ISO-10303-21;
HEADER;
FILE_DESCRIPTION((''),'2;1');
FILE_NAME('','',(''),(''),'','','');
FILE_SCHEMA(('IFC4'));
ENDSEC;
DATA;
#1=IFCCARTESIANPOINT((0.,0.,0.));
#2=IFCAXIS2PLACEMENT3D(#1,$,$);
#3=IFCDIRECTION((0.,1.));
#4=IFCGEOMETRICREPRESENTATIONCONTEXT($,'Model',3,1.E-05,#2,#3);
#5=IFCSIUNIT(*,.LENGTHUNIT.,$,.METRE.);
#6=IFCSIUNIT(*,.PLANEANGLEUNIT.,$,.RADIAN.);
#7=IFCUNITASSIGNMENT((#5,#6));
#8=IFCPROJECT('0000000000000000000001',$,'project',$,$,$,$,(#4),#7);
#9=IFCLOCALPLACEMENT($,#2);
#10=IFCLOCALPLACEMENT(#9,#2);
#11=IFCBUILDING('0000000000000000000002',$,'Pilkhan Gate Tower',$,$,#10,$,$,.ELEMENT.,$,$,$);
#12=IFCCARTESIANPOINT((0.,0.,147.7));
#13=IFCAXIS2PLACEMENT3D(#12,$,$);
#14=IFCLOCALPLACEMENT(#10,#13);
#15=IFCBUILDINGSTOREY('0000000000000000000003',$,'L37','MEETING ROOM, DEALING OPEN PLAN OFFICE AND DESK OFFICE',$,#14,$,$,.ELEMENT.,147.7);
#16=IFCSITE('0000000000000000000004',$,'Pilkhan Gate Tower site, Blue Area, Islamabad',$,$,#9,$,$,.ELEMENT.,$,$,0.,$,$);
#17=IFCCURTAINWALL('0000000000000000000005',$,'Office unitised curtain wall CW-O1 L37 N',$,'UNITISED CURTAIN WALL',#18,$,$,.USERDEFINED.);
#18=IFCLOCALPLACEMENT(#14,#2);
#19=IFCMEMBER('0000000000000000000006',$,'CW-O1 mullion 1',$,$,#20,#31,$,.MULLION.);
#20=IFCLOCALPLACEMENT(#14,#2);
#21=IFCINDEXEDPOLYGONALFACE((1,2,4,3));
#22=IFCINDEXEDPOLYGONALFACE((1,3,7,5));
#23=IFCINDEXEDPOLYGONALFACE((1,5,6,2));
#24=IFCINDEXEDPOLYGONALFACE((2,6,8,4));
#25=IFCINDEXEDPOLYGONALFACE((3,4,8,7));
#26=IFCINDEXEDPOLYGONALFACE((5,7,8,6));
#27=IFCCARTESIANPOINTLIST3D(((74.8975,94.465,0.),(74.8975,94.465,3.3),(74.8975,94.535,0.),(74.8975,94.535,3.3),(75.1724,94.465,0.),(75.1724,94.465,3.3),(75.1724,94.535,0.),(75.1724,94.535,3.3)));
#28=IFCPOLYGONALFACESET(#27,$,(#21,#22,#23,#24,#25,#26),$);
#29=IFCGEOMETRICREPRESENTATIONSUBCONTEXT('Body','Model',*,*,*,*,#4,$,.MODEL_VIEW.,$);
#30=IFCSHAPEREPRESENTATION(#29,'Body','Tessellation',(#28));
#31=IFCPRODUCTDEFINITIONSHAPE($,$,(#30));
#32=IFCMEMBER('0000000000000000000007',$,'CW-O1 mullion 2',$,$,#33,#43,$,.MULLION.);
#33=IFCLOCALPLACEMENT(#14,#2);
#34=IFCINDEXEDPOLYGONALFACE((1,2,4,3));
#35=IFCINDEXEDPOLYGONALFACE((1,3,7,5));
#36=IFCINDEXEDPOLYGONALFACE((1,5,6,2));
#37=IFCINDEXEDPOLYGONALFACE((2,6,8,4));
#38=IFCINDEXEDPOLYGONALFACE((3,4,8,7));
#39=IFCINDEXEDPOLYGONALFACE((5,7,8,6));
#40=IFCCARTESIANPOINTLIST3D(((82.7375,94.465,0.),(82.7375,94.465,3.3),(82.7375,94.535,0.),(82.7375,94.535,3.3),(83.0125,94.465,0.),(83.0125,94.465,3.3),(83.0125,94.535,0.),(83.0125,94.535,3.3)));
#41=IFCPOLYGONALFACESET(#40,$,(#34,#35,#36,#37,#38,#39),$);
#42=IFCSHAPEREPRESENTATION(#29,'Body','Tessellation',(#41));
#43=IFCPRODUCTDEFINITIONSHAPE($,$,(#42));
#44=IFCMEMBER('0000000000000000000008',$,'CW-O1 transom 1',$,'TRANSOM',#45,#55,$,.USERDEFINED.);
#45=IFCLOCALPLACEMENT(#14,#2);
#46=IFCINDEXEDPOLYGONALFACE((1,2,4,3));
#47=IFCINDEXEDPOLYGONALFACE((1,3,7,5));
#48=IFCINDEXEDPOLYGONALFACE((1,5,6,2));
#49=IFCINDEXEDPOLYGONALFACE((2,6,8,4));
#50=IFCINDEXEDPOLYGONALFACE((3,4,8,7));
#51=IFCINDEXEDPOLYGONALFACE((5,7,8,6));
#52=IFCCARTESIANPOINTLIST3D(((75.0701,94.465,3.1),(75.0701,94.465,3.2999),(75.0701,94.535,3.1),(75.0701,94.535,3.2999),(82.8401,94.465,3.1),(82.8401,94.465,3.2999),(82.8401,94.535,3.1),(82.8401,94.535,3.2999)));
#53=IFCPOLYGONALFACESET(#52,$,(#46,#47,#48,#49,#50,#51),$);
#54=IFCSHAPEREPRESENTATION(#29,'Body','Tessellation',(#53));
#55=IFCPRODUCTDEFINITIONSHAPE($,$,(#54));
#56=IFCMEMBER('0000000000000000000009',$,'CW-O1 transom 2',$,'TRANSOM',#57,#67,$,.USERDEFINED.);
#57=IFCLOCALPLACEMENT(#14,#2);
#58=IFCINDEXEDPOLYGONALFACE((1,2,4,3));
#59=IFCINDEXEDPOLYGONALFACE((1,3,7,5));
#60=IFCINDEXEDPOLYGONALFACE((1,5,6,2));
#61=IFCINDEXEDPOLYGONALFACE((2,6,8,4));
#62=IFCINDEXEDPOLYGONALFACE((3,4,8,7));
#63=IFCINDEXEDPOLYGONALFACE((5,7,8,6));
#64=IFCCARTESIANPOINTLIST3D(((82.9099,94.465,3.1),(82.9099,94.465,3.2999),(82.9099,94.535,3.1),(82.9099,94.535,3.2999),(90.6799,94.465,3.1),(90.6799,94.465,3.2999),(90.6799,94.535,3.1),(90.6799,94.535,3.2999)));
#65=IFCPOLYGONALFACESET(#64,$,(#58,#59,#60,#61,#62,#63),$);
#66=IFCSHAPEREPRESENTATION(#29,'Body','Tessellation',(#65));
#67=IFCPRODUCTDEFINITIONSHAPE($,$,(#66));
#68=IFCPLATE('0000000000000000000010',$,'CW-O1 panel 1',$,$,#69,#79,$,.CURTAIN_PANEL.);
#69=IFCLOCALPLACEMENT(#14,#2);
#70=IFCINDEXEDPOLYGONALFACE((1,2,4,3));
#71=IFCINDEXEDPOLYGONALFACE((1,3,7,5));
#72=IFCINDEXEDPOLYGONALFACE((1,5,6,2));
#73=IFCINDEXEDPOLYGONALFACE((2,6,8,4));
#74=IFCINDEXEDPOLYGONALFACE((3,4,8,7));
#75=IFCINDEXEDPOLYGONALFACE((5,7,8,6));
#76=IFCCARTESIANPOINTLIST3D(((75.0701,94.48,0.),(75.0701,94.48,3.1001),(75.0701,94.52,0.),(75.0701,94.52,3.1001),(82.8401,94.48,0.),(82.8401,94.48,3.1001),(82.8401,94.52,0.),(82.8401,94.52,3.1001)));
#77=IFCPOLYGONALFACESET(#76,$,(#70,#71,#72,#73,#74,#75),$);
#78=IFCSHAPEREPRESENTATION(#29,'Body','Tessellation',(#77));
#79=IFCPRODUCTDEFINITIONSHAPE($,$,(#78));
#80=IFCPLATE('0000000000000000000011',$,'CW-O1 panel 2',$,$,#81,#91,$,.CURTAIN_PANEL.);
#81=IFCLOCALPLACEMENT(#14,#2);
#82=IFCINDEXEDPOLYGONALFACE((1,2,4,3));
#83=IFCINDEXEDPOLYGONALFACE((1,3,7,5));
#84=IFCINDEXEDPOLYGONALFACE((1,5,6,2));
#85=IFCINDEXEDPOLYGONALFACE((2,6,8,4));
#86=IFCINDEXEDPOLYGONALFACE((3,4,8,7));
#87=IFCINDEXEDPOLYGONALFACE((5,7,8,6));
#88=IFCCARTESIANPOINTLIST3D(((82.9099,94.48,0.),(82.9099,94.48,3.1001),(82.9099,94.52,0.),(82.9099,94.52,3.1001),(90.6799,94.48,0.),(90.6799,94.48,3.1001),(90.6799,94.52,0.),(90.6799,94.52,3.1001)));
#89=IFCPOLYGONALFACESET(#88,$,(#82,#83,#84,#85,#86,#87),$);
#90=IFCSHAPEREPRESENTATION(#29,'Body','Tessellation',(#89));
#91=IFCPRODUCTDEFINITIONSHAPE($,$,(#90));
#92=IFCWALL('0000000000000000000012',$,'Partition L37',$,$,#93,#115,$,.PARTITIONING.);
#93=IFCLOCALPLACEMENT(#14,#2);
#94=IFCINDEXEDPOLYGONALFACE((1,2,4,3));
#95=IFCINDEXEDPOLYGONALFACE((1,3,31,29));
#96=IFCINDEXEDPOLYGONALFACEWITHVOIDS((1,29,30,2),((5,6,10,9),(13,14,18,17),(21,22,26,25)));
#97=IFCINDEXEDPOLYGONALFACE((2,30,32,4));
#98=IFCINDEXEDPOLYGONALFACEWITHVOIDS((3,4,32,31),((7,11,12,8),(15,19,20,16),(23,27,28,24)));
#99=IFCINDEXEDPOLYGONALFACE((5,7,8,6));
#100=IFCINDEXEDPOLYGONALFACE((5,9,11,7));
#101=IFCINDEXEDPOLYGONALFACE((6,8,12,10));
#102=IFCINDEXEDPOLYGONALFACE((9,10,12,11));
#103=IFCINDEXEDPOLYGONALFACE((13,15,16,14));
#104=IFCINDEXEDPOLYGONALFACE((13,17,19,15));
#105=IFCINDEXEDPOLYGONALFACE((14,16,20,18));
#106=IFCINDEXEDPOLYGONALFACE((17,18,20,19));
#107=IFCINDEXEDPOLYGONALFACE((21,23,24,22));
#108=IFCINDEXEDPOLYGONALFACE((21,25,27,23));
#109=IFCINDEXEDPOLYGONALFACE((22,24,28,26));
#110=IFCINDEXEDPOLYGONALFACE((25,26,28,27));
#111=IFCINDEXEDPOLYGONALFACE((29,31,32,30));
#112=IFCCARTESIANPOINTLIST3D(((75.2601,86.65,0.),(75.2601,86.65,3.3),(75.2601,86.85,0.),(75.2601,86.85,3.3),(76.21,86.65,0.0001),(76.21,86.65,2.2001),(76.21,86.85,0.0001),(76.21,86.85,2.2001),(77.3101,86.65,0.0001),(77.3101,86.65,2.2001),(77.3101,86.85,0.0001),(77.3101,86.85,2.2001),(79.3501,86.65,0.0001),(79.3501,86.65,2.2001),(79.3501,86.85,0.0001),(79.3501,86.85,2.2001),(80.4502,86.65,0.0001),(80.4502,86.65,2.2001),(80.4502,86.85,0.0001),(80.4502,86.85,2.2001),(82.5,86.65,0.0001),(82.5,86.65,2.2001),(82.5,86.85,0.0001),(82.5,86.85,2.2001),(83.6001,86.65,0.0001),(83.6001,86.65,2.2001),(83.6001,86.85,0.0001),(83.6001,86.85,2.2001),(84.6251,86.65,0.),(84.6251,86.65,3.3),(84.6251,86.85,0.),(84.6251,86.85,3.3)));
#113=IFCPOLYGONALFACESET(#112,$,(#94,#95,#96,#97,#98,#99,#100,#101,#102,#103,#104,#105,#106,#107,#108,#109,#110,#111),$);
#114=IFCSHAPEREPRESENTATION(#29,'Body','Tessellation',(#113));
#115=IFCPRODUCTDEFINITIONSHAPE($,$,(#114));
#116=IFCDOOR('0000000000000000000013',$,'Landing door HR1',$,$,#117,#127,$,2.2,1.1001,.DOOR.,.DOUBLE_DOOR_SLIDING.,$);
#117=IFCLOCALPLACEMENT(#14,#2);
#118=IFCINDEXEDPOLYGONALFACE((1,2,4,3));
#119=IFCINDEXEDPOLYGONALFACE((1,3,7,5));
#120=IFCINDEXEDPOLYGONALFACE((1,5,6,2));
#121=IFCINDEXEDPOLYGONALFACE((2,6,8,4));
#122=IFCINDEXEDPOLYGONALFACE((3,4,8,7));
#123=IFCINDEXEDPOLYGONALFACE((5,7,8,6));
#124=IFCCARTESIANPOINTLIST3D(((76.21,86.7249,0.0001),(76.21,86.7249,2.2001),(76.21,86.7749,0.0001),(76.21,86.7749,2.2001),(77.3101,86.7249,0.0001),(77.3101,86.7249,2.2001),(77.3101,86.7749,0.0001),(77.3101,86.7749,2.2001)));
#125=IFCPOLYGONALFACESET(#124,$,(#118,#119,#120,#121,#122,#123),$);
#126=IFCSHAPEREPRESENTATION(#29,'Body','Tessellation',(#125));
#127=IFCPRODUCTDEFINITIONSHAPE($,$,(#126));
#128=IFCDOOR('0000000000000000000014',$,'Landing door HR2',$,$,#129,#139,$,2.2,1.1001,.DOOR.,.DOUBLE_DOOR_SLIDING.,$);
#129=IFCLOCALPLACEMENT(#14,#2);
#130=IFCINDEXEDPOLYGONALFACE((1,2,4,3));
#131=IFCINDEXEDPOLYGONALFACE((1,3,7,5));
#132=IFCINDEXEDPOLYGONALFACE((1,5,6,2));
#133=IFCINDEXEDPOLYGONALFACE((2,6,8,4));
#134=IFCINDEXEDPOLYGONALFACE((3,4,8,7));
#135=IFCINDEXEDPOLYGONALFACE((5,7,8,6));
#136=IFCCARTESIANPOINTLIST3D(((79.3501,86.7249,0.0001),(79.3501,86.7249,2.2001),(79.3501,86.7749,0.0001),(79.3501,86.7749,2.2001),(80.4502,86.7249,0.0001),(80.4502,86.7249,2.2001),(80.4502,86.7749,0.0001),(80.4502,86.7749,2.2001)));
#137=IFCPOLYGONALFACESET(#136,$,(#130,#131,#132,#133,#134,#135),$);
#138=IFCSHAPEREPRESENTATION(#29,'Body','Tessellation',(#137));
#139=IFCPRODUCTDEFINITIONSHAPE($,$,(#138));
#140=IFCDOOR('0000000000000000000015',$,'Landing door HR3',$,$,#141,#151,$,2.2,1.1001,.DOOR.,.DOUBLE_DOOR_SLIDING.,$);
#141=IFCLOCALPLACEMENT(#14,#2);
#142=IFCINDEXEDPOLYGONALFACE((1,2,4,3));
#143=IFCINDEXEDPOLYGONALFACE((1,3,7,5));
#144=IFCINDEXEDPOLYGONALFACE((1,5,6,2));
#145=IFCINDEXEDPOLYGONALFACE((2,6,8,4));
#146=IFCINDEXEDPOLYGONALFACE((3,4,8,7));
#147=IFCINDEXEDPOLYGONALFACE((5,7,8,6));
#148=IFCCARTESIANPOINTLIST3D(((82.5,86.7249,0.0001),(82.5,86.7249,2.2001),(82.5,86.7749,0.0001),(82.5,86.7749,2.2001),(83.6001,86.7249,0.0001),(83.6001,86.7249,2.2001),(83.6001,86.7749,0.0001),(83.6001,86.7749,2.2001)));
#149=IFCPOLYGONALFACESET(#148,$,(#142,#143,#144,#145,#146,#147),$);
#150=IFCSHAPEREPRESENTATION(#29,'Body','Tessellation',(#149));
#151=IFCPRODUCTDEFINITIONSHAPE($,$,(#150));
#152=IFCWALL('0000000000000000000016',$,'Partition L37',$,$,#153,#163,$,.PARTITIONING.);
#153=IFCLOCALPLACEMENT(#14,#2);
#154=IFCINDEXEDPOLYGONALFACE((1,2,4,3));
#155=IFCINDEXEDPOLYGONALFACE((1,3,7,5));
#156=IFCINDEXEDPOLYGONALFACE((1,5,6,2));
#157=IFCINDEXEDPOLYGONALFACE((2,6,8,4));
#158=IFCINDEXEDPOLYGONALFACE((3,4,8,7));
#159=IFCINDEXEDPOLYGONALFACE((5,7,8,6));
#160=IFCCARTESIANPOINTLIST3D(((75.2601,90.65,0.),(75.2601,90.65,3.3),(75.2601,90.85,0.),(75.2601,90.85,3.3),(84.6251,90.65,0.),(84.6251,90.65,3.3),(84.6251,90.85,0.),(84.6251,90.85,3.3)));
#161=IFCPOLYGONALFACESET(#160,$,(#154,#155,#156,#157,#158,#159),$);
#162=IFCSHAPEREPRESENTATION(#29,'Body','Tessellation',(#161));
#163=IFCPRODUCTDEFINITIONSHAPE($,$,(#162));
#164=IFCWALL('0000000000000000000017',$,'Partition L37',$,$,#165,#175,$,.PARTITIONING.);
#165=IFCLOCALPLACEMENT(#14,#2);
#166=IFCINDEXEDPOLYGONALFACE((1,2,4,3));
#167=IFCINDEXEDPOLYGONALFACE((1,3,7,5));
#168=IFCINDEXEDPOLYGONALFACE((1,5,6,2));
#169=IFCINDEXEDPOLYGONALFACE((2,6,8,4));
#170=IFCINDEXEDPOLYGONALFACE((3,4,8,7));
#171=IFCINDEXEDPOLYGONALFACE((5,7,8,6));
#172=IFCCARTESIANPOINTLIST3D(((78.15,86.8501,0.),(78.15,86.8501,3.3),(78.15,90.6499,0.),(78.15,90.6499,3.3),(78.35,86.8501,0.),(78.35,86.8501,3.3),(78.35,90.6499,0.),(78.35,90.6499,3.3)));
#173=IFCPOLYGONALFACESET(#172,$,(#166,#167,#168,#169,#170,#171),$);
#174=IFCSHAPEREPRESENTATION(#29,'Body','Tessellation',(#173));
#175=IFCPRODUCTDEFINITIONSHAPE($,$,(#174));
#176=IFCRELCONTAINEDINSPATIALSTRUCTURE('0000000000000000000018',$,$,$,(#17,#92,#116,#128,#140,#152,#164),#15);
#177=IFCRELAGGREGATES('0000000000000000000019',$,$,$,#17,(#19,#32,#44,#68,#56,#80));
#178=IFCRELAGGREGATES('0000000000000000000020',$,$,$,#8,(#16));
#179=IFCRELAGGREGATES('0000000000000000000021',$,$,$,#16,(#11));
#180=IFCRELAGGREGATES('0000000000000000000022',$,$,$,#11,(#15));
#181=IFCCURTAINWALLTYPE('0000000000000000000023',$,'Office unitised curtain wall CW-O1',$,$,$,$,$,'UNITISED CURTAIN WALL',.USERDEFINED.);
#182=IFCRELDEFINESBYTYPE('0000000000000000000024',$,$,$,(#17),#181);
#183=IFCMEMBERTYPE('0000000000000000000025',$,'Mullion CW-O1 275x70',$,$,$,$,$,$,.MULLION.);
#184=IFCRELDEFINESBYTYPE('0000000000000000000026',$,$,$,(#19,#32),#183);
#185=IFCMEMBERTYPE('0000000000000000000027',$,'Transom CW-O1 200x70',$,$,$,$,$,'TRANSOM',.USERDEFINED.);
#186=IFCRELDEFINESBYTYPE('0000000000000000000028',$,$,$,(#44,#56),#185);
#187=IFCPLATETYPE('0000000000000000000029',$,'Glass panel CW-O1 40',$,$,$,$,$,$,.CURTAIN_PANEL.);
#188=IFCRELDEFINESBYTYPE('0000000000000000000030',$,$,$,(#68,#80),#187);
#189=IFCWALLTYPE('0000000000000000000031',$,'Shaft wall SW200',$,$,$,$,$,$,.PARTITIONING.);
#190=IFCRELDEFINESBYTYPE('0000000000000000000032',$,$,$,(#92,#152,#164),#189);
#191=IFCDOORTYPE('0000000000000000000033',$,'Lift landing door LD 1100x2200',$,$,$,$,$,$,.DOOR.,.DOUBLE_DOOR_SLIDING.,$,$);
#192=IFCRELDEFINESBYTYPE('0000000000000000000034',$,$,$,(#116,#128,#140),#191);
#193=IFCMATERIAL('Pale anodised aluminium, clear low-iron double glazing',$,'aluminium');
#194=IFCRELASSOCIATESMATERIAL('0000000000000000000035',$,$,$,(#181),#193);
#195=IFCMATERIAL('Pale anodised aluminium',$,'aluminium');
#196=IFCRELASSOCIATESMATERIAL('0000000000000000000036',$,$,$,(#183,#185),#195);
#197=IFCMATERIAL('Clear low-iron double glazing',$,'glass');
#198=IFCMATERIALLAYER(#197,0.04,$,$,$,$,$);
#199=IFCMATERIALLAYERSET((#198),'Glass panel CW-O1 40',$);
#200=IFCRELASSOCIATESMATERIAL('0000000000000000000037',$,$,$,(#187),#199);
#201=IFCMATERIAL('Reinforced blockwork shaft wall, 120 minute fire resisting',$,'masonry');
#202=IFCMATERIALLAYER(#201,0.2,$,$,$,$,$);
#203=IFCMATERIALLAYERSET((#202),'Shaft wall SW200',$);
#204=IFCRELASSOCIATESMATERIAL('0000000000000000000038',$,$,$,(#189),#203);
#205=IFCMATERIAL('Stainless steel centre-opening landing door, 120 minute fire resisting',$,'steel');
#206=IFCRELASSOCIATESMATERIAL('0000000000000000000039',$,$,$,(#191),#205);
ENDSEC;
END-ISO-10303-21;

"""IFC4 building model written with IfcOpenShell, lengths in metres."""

from ifc_helpers import new_model, si_unit, direction, frame, frame_2d, origin, origin_2d, place, context, subcontext, project, spatial, rectangle, extrude, material, layer, layer_set, material_profile, profile_set, type_object, element, fill, aggregate, save


model = new_model("IFC4")

# Units and contexts
model_context = context("Model", 3, precision=1e-05, world=origin(), true_north=direction((0.0, 1.0)))
body_context = subcontext(model_context, "Body", "Model", "MODEL_VIEW")
ifc_project = project(units=[si_unit("LENGTHUNIT", "METRE"), si_unit("PLANEANGLEUNIT", "RADIAN")], contexts=[model_context])

# Site, building, storey
site_placement = place(None, origin())
site = spatial("IfcSite", under=ifc_project, at=site_placement, Name="Pilkhan Gate Tower site, Blue Area, Islamabad", CompositionType="ELEMENT", RefElevation=0.0)
building_placement = place(site_placement, origin())
building = spatial("IfcBuilding", under=site, at=building_placement, Name="Pilkhan Gate Tower", CompositionType="ELEMENT")
storey_placement = place(building_placement, frame((0.0, 0.0, 147.7)))
storey = spatial("IfcBuildingStorey", under=building, at=storey_placement, Name="L37", Description="MEETING ROOM, DEALING OPEN PLAN OFFICE AND DESK OFFICE", CompositionType="ELEMENT", Elevation=147.7)

# Curtain wall, members, plates
ifc_material_1 = material(Name="Pale anodised aluminium, clear low-iron double glazing", Category="aluminium")
curtain_wall_type = type_object("IfcCurtainWallType", Name="Office unitised curtain wall CW-O1", ElementType="UNITISED CURTAIN WALL", PredefinedType="USERDEFINED", material=ifc_material_1)
curtain_wall_placement = place(storey_placement, origin())
curtain_wall = element("IfcCurtainWall", 1, at=curtain_wall_placement, inside=storey, type_object=curtain_wall_type, Name="Office unitised curtain wall CW-O1 L37 N", ObjectType="UNITISED CURTAIN WALL", PredefinedType="USERDEFINED")
ifc_material_2 = material(Name="Pale anodised aluminium", Category="aluminium")
ifc_material_profile_1 = material_profile(ifc_material_2, rectangle(XDim=0.0701, YDim=0.2749, at=origin_2d()), Name="Mullion 275x70")
ifc_profile_set_1 = profile_set([ifc_material_profile_1], Name="Pale anodised aluminium")
member_type_1 = type_object("IfcMemberType", Name="Mullion CW-O1 275x70", PredefinedType="MULLION", material=ifc_profile_set_1)
member_1_placement = place(storey_placement, frame((75.0349, 94.5, 0.0), z_axis=(0.0, 0.0, 1.0), x_axis=(0.0, 1.0, 0.0)))
member_1 = element("IfcMember", 2, at=member_1_placement, type_object=member_type_1, Name="CW-O1 mullion 1", PredefinedType="MULLION", context=body_context, shape_type="SweptSolid", body=[
    extrude(rectangle(XDim=0.0701, YDim=0.2749, at=origin_2d()), origin(), (0.0, 0.0, 1.0), 3.3),
])
member_2_placement = place(storey_placement, frame((82.875, 94.5, 0.0), z_axis=(0.0, 0.0, 1.0), x_axis=(0.0, 1.0, 0.0)))
member_2 = element("IfcMember", 3, at=member_2_placement, type_object=member_type_1, Name="CW-O1 mullion 2", PredefinedType="MULLION", context=body_context, shape_type="SweptSolid", body=[
    extrude(rectangle(XDim=0.0701, YDim=0.2749, at=origin_2d()), origin(), (0.0, 0.0, 1.0), 3.3),
])
ifc_material_profile_2 = material_profile(ifc_material_2, rectangle(XDim=0.0701, YDim=0.2, at=origin_2d()), Name="Transom 200x70")
ifc_profile_set_2 = profile_set([ifc_material_profile_2], Name="Pale anodised aluminium")
member_type_2 = type_object("IfcMemberType", Name="Transom CW-O1 200x70", ElementType="TRANSOM", PredefinedType="USERDEFINED", material=ifc_profile_set_2)
member_3_placement = place(storey_placement, frame((75.0701, 94.5, 3.2), z_axis=(1.0, 0.0, 0.0), x_axis=(0.0, 1.0, 0.0)))
member_3 = element("IfcMember", 4, at=member_3_placement, type_object=member_type_2, Name="CW-O1 transom 1", ObjectType="TRANSOM", PredefinedType="USERDEFINED", context=body_context, shape_type="SweptSolid", body=[
    extrude(rectangle(XDim=0.0701, YDim=0.2, at=origin_2d()), origin(), (0.0, 0.0, 1.0), 7.77),
])
member_4_placement = place(storey_placement, frame((82.9099, 94.5, 3.2), z_axis=(1.0, 0.0, 0.0), x_axis=(0.0, 1.0, 0.0)))
member_4 = element("IfcMember", 5, at=member_4_placement, type_object=member_type_2, Name="CW-O1 transom 2", ObjectType="TRANSOM", PredefinedType="USERDEFINED", context=body_context, shape_type="SweptSolid", body=[
    extrude(rectangle(XDim=0.0701, YDim=0.2, at=origin_2d()), origin(), (0.0, 0.0, 1.0), 7.77),
])
ifc_material_3 = material(Name="Clear low-iron double glazing", Category="glass")
ifc_layer_1 = layer(ifc_material_3, 0.04)
ifc_layer_set_1 = layer_set([ifc_layer_1], Name="Glass panel CW-O1 40")
plate_type = type_object("IfcPlateType", Name="Glass panel CW-O1 40", PredefinedType="CURTAIN_PANEL", material=ifc_layer_set_1)
plate_1_placement = place(storey_placement, frame((78.9551, 94.5, 0.0), z_axis=(0.0, 0.0, 1.0), x_axis=(1.0, 0.0, 0.0)))
plate_1 = element("IfcPlate", 6, at=plate_1_placement, type_object=plate_type, Name="CW-O1 panel 1", PredefinedType="CURTAIN_PANEL", context=body_context, shape_type="SweptSolid", body=[
    extrude(rectangle(XDim=7.77, YDim=0.04, at=origin_2d()), origin(), (0.0, 0.0, 1.0), 3.1001),
])
plate_2_placement = place(storey_placement, frame((86.7949, 94.5, 0.0), z_axis=(0.0, 0.0, 1.0), x_axis=(1.0, 0.0, 0.0)))
plate_2 = element("IfcPlate", 7, at=plate_2_placement, type_object=plate_type, Name="CW-O1 panel 2", PredefinedType="CURTAIN_PANEL", context=body_context, shape_type="SweptSolid", body=[
    extrude(rectangle(XDim=7.77, YDim=0.04, at=origin_2d()), origin(), (0.0, 0.0, 1.0), 3.1001),
])
aggregate(curtain_wall, [member_1, member_2, member_3, plate_1, member_4, plate_2])

# Wall, openings, doors
ifc_material_4 = material(Name="Reinforced blockwork shaft wall, 120 minute fire resisting", Category="masonry")
ifc_layer_2 = layer(ifc_material_4, 0.2)
ifc_layer_set_2 = layer_set([ifc_layer_2], Name="Shaft wall SW200")
wall_type_1 = type_object("IfcWallType", Name="Shaft wall SW200", PredefinedType="PARTITIONING", material=ifc_layer_set_2)
wall_1_placement = place(storey_placement, frame((75.26, 86.75, 0.0), z_axis=(0.0, 0.0, 1.0), x_axis=(1.0, 0.0, 0.0)))
wall_1 = element("IfcWall", 8, at=wall_1_placement, inside=storey, type_object=wall_type_1, Name="Partition L37", PredefinedType="PARTITIONING", context=body_context, shape_type="SweptSolid", body=[
    extrude(rectangle(XDim=9.365, YDim=0.2, at=frame_2d((4.6826, 0.0))), origin(), (0.0, 0.0, 1.0), 3.3),
])
opening_1_placement = place(wall_1_placement, frame((0.95, 0.0, 0.0)))
opening_1 = element("IfcOpeningElement", 9, at=opening_1_placement, cuts=wall_1, PredefinedType="OPENING", context=body_context, shape_type="SweptSolid", body=[
    extrude(rectangle(XDim=1.1001, YDim=2.2, at=frame_2d((0.55, 1.1001))), frame((0.0, 0.1099, 0.0), z_axis=(0.0, -1.0, 0.0), x_axis=(1.0, 0.0, 0.0)), (0.0, 0.0, 1.0), 0.22),
])
opening_2_placement = place(wall_1_placement, frame((4.0901, 0.0, 0.0)))
opening_2 = element("IfcOpeningElement", 10, at=opening_2_placement, cuts=wall_1, PredefinedType="OPENING", context=body_context, shape_type="SweptSolid", body=[
    extrude(rectangle(XDim=1.1001, YDim=2.2, at=frame_2d((0.55, 1.1001))), frame((0.0, 0.1099, 0.0), z_axis=(0.0, -1.0, 0.0), x_axis=(1.0, 0.0, 0.0)), (0.0, 0.0, 1.0), 0.22),
])
opening_3_placement = place(wall_1_placement, frame((7.24, 0.0, 0.0)))
opening_3 = element("IfcOpeningElement", 11, at=opening_3_placement, cuts=wall_1, PredefinedType="OPENING", context=body_context, shape_type="SweptSolid", body=[
    extrude(rectangle(XDim=1.1001, YDim=2.2, at=frame_2d((0.55, 1.1001))), frame((0.0, 0.1099, 0.0), z_axis=(0.0, -1.0, 0.0), x_axis=(1.0, 0.0, 0.0)), (0.0, 0.0, 1.0), 0.22),
])
ifc_material_5 = material(Name="Stainless steel centre-opening landing door, 120 minute fire resisting", Category="steel")
door_type = type_object("IfcDoorType", Name="Lift landing door LD 1100x2200", OperationType="DOUBLE_DOOR_SLIDING", PredefinedType="DOOR", material=ifc_material_5)
door_1_placement = place(opening_1_placement, origin())
door_1 = element("IfcDoor", 12, at=door_1_placement, inside=storey, type_object=door_type, Name="Landing door HR1", OperationType="DOUBLE_DOOR_SLIDING", OverallHeight=2.2, OverallWidth=1.1001, PredefinedType="DOOR", context=body_context, shape_type="SweptSolid", body=[
    extrude(rectangle(XDim=1.1001, YDim=2.2, at=frame_2d((0.55, 1.1001))), frame((0.0, 0.0249, 0.0), z_axis=(0.0, -1.0, 0.0), x_axis=(1.0, 0.0, 0.0)), (0.0, 0.0, 1.0), 0.05),
])
fill(opening_1, door_1)
door_2_placement = place(opening_2_placement, origin())
door_2 = element("IfcDoor", 13, at=door_2_placement, inside=storey, type_object=door_type, Name="Landing door HR2", OperationType="DOUBLE_DOOR_SLIDING", OverallHeight=2.2, OverallWidth=1.1001, PredefinedType="DOOR", context=body_context, shape_type="SweptSolid", body=[
    extrude(rectangle(XDim=1.1001, YDim=2.2, at=frame_2d((0.55, 1.1001))), frame((0.0, 0.0249, 0.0), z_axis=(0.0, -1.0, 0.0), x_axis=(1.0, 0.0, 0.0)), (0.0, 0.0, 1.0), 0.05),
])
fill(opening_2, door_2)
door_3_placement = place(opening_3_placement, origin())
door_3 = element("IfcDoor", 14, at=door_3_placement, inside=storey, type_object=door_type, Name="Landing door HR3", OperationType="DOUBLE_DOOR_SLIDING", OverallHeight=2.2, OverallWidth=1.1001, PredefinedType="DOOR", context=body_context, shape_type="SweptSolid", body=[
    extrude(rectangle(XDim=1.1001, YDim=2.2, at=frame_2d((0.55, 1.1001))), frame((0.0, 0.0249, 0.0), z_axis=(0.0, -1.0, 0.0), x_axis=(1.0, 0.0, 0.0)), (0.0, 0.0, 1.0), 0.05),
])
fill(opening_3, door_3)

# Walls
wall_2_placement = place(storey_placement, frame((75.26, 90.75, 0.0), z_axis=(0.0, 0.0, 1.0), x_axis=(1.0, 0.0, 0.0)))
element("IfcWall", 15, at=wall_2_placement, inside=storey, type_object=wall_type_1, Name="Partition L37", PredefinedType="PARTITIONING", context=body_context, shape_type="SweptSolid", body=[
    extrude(rectangle(XDim=9.365, YDim=0.2, at=frame_2d((4.6826, 0.0))), origin(), (0.0, 0.0, 1.0), 3.3),
])
for number, where, z_axis, x_axis, name in (
    (16, (78.25, 86.8501, 0.0), (0.0, 0.0, 1.0), (0.0, 1.0, 0.0), "Partition L37"),
):
    element("IfcWall", number, at=place(storey_placement, frame(where, z_axis=z_axis, x_axis=x_axis)), inside=storey, type_object=wall_type_1, Name=name, PredefinedType="PARTITIONING", context=body_context, shape_type="SweptSolid", body=[
        extrude(rectangle(XDim=3.7998, YDim=0.2, at=frame_2d((1.8999, 0.0))), origin(), (0.0, 0.0, 1.0), 3.3),
    ])

save(model, "model.ifc")
